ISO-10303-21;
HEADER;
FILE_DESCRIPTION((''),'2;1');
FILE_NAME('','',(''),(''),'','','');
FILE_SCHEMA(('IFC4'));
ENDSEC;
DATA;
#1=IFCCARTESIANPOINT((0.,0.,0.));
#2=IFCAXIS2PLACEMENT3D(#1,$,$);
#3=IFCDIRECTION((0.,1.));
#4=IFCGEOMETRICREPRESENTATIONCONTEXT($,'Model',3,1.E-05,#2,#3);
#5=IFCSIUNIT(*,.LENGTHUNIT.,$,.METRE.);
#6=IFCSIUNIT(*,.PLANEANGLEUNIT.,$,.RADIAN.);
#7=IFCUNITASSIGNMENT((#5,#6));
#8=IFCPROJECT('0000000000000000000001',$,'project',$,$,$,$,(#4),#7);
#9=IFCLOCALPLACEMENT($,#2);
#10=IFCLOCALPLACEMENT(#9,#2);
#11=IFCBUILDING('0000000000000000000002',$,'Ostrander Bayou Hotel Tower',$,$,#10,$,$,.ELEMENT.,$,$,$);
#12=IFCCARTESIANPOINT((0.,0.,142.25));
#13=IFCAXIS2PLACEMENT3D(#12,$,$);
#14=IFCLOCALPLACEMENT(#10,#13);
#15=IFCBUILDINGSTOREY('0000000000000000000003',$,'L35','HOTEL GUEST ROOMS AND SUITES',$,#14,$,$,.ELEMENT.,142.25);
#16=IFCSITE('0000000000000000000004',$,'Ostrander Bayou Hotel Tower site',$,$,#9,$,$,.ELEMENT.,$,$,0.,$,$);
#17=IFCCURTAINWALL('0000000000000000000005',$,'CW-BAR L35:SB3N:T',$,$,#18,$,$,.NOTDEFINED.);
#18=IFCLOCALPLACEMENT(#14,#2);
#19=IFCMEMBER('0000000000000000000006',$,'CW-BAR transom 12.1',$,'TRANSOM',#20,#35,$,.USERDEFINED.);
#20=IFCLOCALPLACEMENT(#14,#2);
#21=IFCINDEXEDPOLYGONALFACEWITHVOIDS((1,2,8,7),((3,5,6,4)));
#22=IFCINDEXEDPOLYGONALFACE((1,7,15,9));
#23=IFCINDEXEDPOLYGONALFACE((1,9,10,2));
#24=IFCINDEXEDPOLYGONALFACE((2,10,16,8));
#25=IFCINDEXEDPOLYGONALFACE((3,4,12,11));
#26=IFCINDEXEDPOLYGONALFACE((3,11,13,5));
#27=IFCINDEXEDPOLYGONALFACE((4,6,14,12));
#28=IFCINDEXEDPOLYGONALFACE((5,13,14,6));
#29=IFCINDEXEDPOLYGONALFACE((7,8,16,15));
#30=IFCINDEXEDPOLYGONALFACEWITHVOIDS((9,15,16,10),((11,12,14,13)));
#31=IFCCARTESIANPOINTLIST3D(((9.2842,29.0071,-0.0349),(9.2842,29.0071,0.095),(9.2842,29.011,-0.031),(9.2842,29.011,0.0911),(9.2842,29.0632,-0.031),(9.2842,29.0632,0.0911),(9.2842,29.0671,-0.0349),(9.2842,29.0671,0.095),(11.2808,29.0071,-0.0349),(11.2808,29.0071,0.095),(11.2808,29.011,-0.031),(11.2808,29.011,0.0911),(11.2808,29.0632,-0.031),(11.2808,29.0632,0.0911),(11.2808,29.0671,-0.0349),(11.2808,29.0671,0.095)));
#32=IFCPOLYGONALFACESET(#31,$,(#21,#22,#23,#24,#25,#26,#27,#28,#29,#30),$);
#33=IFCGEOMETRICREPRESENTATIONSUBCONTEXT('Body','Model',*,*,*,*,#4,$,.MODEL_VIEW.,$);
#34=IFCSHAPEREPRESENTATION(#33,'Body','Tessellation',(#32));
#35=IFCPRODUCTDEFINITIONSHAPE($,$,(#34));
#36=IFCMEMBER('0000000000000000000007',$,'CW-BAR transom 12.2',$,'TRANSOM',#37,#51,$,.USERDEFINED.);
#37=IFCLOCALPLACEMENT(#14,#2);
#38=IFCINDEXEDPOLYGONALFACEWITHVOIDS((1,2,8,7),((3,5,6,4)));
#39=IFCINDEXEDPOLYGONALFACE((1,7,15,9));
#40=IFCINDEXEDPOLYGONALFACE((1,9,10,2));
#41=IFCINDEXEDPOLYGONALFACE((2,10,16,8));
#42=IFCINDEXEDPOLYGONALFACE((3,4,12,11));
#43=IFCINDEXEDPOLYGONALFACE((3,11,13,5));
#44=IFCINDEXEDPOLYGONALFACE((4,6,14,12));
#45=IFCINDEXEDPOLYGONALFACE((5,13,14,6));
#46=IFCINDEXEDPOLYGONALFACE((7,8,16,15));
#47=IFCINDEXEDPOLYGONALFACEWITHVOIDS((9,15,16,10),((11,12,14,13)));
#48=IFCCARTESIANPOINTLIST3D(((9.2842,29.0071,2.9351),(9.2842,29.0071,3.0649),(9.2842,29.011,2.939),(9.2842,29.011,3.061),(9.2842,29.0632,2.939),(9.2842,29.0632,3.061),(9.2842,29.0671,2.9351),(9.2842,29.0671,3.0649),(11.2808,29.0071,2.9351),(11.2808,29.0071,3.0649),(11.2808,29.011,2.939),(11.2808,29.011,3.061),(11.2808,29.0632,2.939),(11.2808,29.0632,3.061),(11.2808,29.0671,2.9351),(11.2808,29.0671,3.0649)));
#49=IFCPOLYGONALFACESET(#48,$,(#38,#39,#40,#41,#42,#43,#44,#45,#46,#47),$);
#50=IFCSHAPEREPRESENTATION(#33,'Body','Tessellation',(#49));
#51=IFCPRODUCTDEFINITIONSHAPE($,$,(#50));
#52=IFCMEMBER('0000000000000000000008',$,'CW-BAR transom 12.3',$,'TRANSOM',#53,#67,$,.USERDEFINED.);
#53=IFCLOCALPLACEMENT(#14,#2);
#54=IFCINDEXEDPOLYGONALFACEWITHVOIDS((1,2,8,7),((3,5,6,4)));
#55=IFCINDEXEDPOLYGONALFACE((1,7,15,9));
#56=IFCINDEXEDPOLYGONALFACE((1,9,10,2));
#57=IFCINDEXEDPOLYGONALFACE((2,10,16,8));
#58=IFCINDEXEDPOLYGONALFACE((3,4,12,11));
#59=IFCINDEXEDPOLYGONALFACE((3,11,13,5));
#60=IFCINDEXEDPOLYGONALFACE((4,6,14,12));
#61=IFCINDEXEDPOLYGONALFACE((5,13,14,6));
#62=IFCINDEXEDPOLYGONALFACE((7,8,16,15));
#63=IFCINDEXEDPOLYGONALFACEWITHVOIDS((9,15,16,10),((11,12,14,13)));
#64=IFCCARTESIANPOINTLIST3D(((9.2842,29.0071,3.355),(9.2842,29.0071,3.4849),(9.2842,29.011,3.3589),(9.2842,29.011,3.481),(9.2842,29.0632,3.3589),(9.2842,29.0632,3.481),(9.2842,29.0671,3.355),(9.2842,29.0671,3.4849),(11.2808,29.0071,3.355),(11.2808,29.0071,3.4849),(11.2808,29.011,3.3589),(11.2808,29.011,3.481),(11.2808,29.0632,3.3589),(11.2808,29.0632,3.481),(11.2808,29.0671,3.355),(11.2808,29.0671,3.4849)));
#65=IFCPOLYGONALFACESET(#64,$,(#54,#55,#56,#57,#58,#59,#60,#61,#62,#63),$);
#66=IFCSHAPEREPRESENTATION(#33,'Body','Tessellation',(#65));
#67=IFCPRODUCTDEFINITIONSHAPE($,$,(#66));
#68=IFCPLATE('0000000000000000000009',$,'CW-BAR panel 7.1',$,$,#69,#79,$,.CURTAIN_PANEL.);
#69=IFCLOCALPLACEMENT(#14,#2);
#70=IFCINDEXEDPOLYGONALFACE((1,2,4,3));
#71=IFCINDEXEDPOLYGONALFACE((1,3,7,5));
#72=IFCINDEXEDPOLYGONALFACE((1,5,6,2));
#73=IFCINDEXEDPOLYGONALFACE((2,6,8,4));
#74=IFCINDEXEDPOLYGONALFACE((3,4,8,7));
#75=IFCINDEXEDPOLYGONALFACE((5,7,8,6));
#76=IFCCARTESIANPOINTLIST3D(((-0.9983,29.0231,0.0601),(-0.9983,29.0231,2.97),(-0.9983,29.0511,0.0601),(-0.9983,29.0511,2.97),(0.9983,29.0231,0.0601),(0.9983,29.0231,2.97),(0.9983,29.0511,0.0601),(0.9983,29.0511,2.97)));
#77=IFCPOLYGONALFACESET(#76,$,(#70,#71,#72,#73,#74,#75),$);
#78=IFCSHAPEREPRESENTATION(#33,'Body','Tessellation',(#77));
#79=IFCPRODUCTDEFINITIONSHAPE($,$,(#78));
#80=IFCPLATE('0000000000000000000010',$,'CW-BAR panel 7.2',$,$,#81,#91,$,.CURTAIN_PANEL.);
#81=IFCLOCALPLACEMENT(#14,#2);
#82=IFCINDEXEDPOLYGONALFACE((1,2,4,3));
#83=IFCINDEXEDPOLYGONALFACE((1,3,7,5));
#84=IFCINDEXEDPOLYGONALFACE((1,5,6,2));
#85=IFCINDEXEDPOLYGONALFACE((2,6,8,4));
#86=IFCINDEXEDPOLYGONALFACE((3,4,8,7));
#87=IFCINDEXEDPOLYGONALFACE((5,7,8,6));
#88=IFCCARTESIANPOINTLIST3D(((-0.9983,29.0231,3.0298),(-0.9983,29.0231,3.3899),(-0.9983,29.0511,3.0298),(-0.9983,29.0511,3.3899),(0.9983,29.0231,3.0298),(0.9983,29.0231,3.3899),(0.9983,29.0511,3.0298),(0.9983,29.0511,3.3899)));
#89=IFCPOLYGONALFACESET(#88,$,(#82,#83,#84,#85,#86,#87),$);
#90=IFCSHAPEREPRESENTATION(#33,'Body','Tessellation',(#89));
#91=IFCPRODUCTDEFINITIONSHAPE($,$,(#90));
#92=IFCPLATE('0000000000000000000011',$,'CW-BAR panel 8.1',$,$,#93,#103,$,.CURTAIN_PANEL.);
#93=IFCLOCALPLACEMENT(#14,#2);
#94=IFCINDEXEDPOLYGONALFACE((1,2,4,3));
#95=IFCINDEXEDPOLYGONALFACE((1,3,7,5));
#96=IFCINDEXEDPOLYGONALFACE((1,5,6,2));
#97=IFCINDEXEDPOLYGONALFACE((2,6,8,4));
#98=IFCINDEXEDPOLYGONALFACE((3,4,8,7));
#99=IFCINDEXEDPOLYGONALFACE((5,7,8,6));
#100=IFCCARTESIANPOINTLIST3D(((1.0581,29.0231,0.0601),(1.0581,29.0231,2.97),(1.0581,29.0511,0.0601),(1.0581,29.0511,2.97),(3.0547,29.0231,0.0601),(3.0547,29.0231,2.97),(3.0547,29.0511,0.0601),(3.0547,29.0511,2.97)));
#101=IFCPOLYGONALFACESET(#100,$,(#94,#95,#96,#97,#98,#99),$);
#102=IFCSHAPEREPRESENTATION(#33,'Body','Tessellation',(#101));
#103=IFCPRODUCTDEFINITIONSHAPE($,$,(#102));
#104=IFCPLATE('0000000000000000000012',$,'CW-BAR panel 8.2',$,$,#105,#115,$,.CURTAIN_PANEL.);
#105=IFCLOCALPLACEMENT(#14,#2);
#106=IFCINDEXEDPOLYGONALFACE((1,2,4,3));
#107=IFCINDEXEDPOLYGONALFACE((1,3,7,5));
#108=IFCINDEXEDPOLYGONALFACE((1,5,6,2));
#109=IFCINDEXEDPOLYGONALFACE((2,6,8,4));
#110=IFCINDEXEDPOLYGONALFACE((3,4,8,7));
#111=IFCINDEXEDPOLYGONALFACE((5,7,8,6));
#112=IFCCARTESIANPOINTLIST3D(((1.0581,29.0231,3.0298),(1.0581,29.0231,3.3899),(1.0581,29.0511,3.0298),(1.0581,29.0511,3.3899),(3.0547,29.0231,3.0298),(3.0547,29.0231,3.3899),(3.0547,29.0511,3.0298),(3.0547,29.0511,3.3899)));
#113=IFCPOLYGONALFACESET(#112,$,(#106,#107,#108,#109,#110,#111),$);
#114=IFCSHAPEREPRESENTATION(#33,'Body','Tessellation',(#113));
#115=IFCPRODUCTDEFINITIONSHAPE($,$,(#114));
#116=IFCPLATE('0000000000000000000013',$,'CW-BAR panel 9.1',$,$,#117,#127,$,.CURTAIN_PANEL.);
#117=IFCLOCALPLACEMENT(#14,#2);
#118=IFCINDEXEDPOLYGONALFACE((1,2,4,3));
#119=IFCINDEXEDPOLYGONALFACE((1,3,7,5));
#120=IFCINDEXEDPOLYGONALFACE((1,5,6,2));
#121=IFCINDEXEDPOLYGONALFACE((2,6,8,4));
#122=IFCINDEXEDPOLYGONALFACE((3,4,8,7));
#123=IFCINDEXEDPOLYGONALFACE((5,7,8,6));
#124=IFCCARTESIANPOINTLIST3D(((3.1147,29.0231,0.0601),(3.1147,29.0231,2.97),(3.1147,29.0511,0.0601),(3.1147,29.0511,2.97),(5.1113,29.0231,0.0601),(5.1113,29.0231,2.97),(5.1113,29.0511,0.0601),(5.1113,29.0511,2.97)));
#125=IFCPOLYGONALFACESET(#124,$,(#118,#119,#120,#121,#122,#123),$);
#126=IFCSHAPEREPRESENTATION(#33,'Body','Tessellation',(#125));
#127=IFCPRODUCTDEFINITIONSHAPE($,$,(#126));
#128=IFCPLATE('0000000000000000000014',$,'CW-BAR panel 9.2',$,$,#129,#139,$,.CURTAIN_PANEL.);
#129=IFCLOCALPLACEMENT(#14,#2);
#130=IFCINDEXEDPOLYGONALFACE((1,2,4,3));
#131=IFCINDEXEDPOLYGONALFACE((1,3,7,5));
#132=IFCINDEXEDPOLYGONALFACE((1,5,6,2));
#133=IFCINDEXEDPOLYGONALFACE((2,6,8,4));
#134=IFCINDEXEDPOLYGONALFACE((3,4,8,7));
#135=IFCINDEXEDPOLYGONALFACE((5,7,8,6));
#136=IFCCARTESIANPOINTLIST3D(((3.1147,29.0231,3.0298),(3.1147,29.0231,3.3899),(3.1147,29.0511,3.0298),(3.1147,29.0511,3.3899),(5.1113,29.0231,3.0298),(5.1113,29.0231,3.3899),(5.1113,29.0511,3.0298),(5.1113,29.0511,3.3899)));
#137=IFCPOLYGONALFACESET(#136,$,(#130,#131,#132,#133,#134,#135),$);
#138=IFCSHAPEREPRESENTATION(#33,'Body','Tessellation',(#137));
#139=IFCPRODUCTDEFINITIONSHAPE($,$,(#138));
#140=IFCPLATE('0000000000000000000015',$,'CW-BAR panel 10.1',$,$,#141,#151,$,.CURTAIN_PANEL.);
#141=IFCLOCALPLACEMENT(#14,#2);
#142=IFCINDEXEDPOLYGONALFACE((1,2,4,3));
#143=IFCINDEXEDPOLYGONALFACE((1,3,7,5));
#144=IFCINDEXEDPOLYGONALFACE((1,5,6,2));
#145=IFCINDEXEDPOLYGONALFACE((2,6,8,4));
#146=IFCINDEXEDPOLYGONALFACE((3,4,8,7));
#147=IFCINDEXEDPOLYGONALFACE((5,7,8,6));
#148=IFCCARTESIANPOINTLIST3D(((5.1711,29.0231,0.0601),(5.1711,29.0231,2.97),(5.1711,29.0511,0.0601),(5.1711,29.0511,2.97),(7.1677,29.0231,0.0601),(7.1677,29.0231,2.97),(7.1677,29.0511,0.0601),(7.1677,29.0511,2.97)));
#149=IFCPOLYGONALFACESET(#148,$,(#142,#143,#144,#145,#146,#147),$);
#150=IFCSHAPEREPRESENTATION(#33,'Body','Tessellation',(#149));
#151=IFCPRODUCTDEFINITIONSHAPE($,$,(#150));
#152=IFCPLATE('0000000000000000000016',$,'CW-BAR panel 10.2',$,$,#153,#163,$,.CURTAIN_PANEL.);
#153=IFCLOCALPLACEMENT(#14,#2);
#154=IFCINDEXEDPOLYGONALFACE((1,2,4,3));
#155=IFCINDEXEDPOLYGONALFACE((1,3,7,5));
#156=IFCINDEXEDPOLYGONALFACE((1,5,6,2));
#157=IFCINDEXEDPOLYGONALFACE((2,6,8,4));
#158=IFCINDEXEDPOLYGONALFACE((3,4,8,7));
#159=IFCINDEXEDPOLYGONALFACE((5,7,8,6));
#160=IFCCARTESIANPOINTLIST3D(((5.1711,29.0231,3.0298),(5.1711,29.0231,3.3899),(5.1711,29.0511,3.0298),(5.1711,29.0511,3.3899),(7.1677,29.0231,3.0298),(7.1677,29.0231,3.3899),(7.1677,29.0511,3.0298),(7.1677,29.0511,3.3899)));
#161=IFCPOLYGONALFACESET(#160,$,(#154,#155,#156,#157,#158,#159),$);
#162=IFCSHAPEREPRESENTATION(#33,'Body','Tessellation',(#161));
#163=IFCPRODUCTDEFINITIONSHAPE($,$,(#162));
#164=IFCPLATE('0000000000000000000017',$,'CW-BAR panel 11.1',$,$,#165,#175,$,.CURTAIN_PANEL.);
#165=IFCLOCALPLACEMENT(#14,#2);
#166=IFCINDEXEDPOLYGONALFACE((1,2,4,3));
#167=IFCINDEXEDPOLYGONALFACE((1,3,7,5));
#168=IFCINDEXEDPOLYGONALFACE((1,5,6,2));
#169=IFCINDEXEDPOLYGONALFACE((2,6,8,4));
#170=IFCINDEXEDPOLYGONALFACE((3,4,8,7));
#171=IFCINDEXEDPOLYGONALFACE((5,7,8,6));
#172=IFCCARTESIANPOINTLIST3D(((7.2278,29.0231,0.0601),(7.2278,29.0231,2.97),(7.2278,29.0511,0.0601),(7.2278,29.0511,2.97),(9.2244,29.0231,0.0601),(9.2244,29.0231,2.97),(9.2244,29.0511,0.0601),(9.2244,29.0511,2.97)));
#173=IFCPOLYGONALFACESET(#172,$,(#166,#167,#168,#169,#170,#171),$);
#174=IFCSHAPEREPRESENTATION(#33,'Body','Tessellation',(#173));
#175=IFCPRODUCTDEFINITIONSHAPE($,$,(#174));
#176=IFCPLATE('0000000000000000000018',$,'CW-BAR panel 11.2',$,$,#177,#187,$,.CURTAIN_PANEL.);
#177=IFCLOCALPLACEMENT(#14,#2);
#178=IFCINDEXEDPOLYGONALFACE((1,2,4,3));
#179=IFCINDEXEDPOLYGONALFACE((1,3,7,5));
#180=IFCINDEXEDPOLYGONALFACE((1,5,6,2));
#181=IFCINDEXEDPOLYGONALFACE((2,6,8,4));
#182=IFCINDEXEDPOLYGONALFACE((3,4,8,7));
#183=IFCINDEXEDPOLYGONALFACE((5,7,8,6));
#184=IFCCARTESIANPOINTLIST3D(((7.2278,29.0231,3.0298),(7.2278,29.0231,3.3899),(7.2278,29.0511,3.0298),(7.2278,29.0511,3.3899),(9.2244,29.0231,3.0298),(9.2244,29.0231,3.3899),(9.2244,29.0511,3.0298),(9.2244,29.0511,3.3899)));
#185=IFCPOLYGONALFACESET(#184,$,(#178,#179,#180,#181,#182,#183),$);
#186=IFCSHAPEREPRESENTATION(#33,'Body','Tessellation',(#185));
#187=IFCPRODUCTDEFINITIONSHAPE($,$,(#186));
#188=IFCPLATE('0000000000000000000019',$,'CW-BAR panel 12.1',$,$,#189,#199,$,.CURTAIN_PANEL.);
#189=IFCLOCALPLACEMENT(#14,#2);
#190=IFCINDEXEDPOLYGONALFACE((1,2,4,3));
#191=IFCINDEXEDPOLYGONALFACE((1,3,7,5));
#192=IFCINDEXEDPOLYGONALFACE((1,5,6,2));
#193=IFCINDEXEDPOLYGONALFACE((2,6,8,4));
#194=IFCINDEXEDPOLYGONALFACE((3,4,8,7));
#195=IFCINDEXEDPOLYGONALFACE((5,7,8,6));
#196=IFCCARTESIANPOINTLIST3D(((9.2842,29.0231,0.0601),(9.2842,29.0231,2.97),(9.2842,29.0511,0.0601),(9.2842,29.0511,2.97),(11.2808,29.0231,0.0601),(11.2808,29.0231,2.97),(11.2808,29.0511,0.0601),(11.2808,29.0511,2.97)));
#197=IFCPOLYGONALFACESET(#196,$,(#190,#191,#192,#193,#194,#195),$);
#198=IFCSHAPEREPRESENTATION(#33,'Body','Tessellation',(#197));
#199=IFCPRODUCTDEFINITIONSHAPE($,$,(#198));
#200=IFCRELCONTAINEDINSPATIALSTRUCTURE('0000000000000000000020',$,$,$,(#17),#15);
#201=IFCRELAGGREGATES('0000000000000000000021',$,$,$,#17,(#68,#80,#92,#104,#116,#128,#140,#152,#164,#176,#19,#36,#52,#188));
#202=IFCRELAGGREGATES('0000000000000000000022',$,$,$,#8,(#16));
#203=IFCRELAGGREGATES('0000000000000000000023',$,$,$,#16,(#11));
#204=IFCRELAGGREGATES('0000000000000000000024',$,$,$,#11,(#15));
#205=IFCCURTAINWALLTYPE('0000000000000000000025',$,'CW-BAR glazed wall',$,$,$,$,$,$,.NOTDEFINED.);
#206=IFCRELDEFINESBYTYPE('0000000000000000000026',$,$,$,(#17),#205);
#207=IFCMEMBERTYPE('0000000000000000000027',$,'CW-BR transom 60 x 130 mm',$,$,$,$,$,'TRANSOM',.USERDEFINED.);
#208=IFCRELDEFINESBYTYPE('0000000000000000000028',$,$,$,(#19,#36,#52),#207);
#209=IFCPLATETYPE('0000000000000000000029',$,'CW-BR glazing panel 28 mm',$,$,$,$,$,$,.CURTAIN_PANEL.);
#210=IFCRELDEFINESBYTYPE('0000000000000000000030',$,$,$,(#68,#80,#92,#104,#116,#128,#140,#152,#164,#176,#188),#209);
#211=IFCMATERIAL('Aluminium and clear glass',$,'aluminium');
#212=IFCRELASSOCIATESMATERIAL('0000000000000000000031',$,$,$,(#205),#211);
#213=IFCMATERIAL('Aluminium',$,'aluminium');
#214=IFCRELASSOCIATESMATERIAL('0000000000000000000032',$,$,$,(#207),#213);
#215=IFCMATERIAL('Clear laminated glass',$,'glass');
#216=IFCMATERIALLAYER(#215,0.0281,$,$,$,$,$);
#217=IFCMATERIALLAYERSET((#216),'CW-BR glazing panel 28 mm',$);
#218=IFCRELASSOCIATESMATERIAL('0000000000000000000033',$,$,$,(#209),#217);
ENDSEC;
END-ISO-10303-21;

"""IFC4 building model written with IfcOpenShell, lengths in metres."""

from ifc_helpers import new_model, si_unit, direction, frame, origin, origin_2d, place, context, subcontext, project, spatial, rectangle, hollow_rectangle, extrude, material, layer, layer_set, material_profile, profile_set, type_object, element, aggregate, save


model = new_model("IFC4")

# Units and contexts
model_context = context("Model", 3, precision=1e-05, world=origin(), true_north=direction((0.0, 1.0)))
body_context = subcontext(model_context, "Body", "Model", "MODEL_VIEW")
ifc_project = project(units=[si_unit("LENGTHUNIT", "METRE"), si_unit("PLANEANGLEUNIT", "RADIAN")], contexts=[model_context])

# Site, building, storey
site_placement = place(None, origin())
site = spatial("IfcSite", under=ifc_project, at=site_placement, Name="Ostrander Bayou Hotel Tower site", CompositionType="ELEMENT", RefElevation=0.0)
building_placement = place(site_placement, origin())
building = spatial("IfcBuilding", under=site, at=building_placement, Name="Ostrander Bayou Hotel Tower", CompositionType="ELEMENT")
storey_placement = place(building_placement, frame((0.0, 0.0, 142.25)))
storey = spatial("IfcBuildingStorey", under=building, at=storey_placement, Name="L35", Description="HOTEL GUEST ROOMS AND SUITES", CompositionType="ELEMENT", Elevation=142.25)

# Curtain wall, members, plates
ifc_material_1 = material(Name="Aluminium and clear glass", Category="aluminium")
curtain_wall_type = type_object("IfcCurtainWallType", Name="CW-BAR glazed wall", PredefinedType="NOTDEFINED", material=ifc_material_1)
curtain_wall_placement = place(storey_placement, origin())
curtain_wall = element("IfcCurtainWall", 1, at=curtain_wall_placement, inside=storey, type_object=curtain_wall_type, Name="CW-BAR L35:SB3N:T", PredefinedType="NOTDEFINED")
ifc_material_2 = material(Name="Aluminium", Category="aluminium")
ifc_material_profile_1 = material_profile(ifc_material_2, hollow_rectangle(XDim=0.0601, YDim=0.1299, WallThickness=0.0039, at=origin_2d()))
ifc_profile_set_1 = profile_set([ifc_material_profile_1], Name="Aluminium")
member_type_1 = type_object("IfcMemberType", Name="CW-BR transom 60 x 130 mm", ElementType="TRANSOM", PredefinedType="USERDEFINED", material=ifc_profile_set_1)
member_1_placement = place(storey_placement, frame((9.2842, 29.0371, 0.03), z_axis=(1.0, 0.0, 0.0), x_axis=(0.0, 1.0, 0.0)))
member_1 = element("IfcMember", 2, at=member_1_placement, type_object=member_type_1, Name="CW-BAR transom 12.1", ObjectType="TRANSOM", PredefinedType="USERDEFINED", context=body_context, shape_type="SweptSolid", body=[
    extrude(hollow_rectangle(XDim=0.0601, YDim=0.1299, WallThickness=0.0039, at=origin_2d()), origin(), (0.0, 0.0, 1.0), 1.9966),
])
member_2_placement = place(storey_placement, frame((9.2842, 29.0371, 3.0), z_axis=(1.0, 0.0, 0.0), x_axis=(0.0, 1.0, 0.0)))
member_2 = element("IfcMember", 3, at=member_2_placement, type_object=member_type_1, Name="CW-BAR transom 12.2", ObjectType="TRANSOM", PredefinedType="USERDEFINED", context=body_context, shape_type="SweptSolid", body=[
    extrude(hollow_rectangle(XDim=0.0601, YDim=0.1299, WallThickness=0.0039, at=origin_2d()), origin(), (0.0, 0.0, 1.0), 1.9966),
])
member_3_placement = place(storey_placement, frame((9.2842, 29.0371, 3.4199), z_axis=(1.0, 0.0, 0.0), x_axis=(0.0, 1.0, 0.0)))
member_3 = element("IfcMember", 4, at=member_3_placement, type_object=member_type_1, Name="CW-BAR transom 12.3", ObjectType="TRANSOM", PredefinedType="USERDEFINED", context=body_context, shape_type="SweptSolid", body=[
    extrude(hollow_rectangle(XDim=0.0601, YDim=0.1299, WallThickness=0.0039, at=origin_2d()), origin(), (0.0, 0.0, 1.0), 1.9966),
])
ifc_material_3 = material(Name="Clear laminated glass", Category="glass")
ifc_layer_1 = layer(ifc_material_3, 0.0281)
ifc_layer_set_1 = layer_set([ifc_layer_1], Name="CW-BR glazing panel 28 mm")
plate_type = type_object("IfcPlateType", Name="CW-BR glazing panel 28 mm", PredefinedType="CURTAIN_PANEL", material=ifc_layer_set_1)
plate_1_placement = place(storey_placement, frame((0.0, 29.0371, 0.0601), z_axis=(0.0, 0.0, 1.0), x_axis=(1.0, 0.0, 0.0)))
plate_1 = element("IfcPlate", 5, at=plate_1_placement, type_object=plate_type, Name="CW-BAR panel 7.1", PredefinedType="CURTAIN_PANEL", context=body_context, shape_type="SweptSolid", body=[
    extrude(rectangle(XDim=1.9966, YDim=0.0281, at=origin_2d()), origin(), (0.0, 0.0, 1.0), 2.9099),
])
plate_2_placement = place(storey_placement, frame((0.0, 29.0371, 3.0298), z_axis=(0.0, 0.0, 1.0), x_axis=(1.0, 0.0, 0.0)))
plate_2 = element("IfcPlate", 6, at=plate_2_placement, type_object=plate_type, Name="CW-BAR panel 7.2", PredefinedType="CURTAIN_PANEL", context=body_context, shape_type="SweptSolid", body=[
    extrude(rectangle(XDim=1.9966, YDim=0.0281, at=origin_2d()), origin(), (0.0, 0.0, 1.0), 0.3601),
])
plate_3_placement = place(storey_placement, frame((2.0564, 29.0371, 0.0601), z_axis=(0.0, 0.0, 1.0), x_axis=(1.0, 0.0, 0.0)))
plate_3 = element("IfcPlate", 7, at=plate_3_placement, type_object=plate_type, Name="CW-BAR panel 8.1", PredefinedType="CURTAIN_PANEL", context=body_context, shape_type="SweptSolid", body=[
    extrude(rectangle(XDim=1.9966, YDim=0.0281, at=origin_2d()), origin(), (0.0, 0.0, 1.0), 2.9099),
])
plate_4_placement = place(storey_placement, frame((2.0564, 29.0371, 3.0298), z_axis=(0.0, 0.0, 1.0), x_axis=(1.0, 0.0, 0.0)))
plate_4 = element("IfcPlate", 8, at=plate_4_placement, type_object=plate_type, Name="CW-BAR panel 8.2", PredefinedType="CURTAIN_PANEL", context=body_context, shape_type="SweptSolid", body=[
    extrude(rectangle(XDim=1.9966, YDim=0.0281, at=origin_2d()), origin(), (0.0, 0.0, 1.0), 0.3601),
])
plate_5_placement = place(storey_placement, frame((4.113, 29.0371, 0.0601), z_axis=(0.0, 0.0, 1.0), x_axis=(1.0, 0.0, 0.0)))
plate_5 = element("IfcPlate", 9, at=plate_5_placement, type_object=plate_type, Name="CW-BAR panel 9.1", PredefinedType="CURTAIN_PANEL", context=body_context, shape_type="SweptSolid", body=[
    extrude(rectangle(XDim=1.9966, YDim=0.0281, at=origin_2d()), origin(), (0.0, 0.0, 1.0), 2.9099),
])
plate_6_placement = place(storey_placement, frame((4.113, 29.0371, 3.0298), z_axis=(0.0, 0.0, 1.0), x_axis=(1.0, 0.0, 0.0)))
plate_6 = element("IfcPlate", 10, at=plate_6_placement, type_object=plate_type, Name="CW-BAR panel 9.2", PredefinedType="CURTAIN_PANEL", context=body_context, shape_type="SweptSolid", body=[
    extrude(rectangle(XDim=1.9966, YDim=0.0281, at=origin_2d()), origin(), (0.0, 0.0, 1.0), 0.3601),
])
plate_7_placement = place(storey_placement, frame((6.1694, 29.0371, 0.0601), z_axis=(0.0, 0.0, 1.0), x_axis=(1.0, 0.0, 0.0)))
plate_7 = element("IfcPlate", 11, at=plate_7_placement, type_object=plate_type, Name="CW-BAR panel 10.1", PredefinedType="CURTAIN_PANEL", context=body_context, shape_type="SweptSolid", body=[
    extrude(rectangle(XDim=1.9966, YDim=0.0281, at=origin_2d()), origin(), (0.0, 0.0, 1.0), 2.9099),
])
plate_8_placement = place(storey_placement, frame((6.1694, 29.0371, 3.0298), z_axis=(0.0, 0.0, 1.0), x_axis=(1.0, 0.0, 0.0)))
plate_8 = element("IfcPlate", 12, at=plate_8_placement, type_object=plate_type, Name="CW-BAR panel 10.2", PredefinedType="CURTAIN_PANEL", context=body_context, shape_type="SweptSolid", body=[
    extrude(rectangle(XDim=1.9966, YDim=0.0281, at=origin_2d()), origin(), (0.0, 0.0, 1.0), 0.3601),
])
plate_9_placement = place(storey_placement, frame((8.2261, 29.0371, 0.0601), z_axis=(0.0, 0.0, 1.0), x_axis=(1.0, 0.0, 0.0)))
plate_9 = element("IfcPlate", 13, at=plate_9_placement, type_object=plate_type, Name="CW-BAR panel 11.1", PredefinedType="CURTAIN_PANEL", context=body_context, shape_type="SweptSolid", body=[
    extrude(rectangle(XDim=1.9966, YDim=0.0281, at=origin_2d()), origin(), (0.0, 0.0, 1.0), 2.9099),
])
plate_10_placement = place(storey_placement, frame((8.2261, 29.0371, 3.0298), z_axis=(0.0, 0.0, 1.0), x_axis=(1.0, 0.0, 0.0)))
plate_10 = element("IfcPlate", 14, at=plate_10_placement, type_object=plate_type, Name="CW-BAR panel 11.2", PredefinedType="CURTAIN_PANEL", context=body_context, shape_type="SweptSolid", body=[
    extrude(rectangle(XDim=1.9966, YDim=0.0281, at=origin_2d()), origin(), (0.0, 0.0, 1.0), 0.3601),
])
plate_11_placement = place(storey_placement, frame((10.2825, 29.0371, 0.0601), z_axis=(0.0, 0.0, 1.0), x_axis=(1.0, 0.0, 0.0)))
plate_11 = element("IfcPlate", 15, at=plate_11_placement, type_object=plate_type, Name="CW-BAR panel 12.1", PredefinedType="CURTAIN_PANEL", context=body_context, shape_type="SweptSolid", body=[
    extrude(rectangle(XDim=1.9966, YDim=0.0281, at=origin_2d()), origin(), (0.0, 0.0, 1.0), 2.9099),
])
aggregate(curtain_wall, [plate_1, plate_2, plate_3, plate_4, plate_5, plate_6, plate_7, plate_8, plate_9, plate_10, member_1, member_2, member_3, plate_11])

save(model, "model.ifc")
